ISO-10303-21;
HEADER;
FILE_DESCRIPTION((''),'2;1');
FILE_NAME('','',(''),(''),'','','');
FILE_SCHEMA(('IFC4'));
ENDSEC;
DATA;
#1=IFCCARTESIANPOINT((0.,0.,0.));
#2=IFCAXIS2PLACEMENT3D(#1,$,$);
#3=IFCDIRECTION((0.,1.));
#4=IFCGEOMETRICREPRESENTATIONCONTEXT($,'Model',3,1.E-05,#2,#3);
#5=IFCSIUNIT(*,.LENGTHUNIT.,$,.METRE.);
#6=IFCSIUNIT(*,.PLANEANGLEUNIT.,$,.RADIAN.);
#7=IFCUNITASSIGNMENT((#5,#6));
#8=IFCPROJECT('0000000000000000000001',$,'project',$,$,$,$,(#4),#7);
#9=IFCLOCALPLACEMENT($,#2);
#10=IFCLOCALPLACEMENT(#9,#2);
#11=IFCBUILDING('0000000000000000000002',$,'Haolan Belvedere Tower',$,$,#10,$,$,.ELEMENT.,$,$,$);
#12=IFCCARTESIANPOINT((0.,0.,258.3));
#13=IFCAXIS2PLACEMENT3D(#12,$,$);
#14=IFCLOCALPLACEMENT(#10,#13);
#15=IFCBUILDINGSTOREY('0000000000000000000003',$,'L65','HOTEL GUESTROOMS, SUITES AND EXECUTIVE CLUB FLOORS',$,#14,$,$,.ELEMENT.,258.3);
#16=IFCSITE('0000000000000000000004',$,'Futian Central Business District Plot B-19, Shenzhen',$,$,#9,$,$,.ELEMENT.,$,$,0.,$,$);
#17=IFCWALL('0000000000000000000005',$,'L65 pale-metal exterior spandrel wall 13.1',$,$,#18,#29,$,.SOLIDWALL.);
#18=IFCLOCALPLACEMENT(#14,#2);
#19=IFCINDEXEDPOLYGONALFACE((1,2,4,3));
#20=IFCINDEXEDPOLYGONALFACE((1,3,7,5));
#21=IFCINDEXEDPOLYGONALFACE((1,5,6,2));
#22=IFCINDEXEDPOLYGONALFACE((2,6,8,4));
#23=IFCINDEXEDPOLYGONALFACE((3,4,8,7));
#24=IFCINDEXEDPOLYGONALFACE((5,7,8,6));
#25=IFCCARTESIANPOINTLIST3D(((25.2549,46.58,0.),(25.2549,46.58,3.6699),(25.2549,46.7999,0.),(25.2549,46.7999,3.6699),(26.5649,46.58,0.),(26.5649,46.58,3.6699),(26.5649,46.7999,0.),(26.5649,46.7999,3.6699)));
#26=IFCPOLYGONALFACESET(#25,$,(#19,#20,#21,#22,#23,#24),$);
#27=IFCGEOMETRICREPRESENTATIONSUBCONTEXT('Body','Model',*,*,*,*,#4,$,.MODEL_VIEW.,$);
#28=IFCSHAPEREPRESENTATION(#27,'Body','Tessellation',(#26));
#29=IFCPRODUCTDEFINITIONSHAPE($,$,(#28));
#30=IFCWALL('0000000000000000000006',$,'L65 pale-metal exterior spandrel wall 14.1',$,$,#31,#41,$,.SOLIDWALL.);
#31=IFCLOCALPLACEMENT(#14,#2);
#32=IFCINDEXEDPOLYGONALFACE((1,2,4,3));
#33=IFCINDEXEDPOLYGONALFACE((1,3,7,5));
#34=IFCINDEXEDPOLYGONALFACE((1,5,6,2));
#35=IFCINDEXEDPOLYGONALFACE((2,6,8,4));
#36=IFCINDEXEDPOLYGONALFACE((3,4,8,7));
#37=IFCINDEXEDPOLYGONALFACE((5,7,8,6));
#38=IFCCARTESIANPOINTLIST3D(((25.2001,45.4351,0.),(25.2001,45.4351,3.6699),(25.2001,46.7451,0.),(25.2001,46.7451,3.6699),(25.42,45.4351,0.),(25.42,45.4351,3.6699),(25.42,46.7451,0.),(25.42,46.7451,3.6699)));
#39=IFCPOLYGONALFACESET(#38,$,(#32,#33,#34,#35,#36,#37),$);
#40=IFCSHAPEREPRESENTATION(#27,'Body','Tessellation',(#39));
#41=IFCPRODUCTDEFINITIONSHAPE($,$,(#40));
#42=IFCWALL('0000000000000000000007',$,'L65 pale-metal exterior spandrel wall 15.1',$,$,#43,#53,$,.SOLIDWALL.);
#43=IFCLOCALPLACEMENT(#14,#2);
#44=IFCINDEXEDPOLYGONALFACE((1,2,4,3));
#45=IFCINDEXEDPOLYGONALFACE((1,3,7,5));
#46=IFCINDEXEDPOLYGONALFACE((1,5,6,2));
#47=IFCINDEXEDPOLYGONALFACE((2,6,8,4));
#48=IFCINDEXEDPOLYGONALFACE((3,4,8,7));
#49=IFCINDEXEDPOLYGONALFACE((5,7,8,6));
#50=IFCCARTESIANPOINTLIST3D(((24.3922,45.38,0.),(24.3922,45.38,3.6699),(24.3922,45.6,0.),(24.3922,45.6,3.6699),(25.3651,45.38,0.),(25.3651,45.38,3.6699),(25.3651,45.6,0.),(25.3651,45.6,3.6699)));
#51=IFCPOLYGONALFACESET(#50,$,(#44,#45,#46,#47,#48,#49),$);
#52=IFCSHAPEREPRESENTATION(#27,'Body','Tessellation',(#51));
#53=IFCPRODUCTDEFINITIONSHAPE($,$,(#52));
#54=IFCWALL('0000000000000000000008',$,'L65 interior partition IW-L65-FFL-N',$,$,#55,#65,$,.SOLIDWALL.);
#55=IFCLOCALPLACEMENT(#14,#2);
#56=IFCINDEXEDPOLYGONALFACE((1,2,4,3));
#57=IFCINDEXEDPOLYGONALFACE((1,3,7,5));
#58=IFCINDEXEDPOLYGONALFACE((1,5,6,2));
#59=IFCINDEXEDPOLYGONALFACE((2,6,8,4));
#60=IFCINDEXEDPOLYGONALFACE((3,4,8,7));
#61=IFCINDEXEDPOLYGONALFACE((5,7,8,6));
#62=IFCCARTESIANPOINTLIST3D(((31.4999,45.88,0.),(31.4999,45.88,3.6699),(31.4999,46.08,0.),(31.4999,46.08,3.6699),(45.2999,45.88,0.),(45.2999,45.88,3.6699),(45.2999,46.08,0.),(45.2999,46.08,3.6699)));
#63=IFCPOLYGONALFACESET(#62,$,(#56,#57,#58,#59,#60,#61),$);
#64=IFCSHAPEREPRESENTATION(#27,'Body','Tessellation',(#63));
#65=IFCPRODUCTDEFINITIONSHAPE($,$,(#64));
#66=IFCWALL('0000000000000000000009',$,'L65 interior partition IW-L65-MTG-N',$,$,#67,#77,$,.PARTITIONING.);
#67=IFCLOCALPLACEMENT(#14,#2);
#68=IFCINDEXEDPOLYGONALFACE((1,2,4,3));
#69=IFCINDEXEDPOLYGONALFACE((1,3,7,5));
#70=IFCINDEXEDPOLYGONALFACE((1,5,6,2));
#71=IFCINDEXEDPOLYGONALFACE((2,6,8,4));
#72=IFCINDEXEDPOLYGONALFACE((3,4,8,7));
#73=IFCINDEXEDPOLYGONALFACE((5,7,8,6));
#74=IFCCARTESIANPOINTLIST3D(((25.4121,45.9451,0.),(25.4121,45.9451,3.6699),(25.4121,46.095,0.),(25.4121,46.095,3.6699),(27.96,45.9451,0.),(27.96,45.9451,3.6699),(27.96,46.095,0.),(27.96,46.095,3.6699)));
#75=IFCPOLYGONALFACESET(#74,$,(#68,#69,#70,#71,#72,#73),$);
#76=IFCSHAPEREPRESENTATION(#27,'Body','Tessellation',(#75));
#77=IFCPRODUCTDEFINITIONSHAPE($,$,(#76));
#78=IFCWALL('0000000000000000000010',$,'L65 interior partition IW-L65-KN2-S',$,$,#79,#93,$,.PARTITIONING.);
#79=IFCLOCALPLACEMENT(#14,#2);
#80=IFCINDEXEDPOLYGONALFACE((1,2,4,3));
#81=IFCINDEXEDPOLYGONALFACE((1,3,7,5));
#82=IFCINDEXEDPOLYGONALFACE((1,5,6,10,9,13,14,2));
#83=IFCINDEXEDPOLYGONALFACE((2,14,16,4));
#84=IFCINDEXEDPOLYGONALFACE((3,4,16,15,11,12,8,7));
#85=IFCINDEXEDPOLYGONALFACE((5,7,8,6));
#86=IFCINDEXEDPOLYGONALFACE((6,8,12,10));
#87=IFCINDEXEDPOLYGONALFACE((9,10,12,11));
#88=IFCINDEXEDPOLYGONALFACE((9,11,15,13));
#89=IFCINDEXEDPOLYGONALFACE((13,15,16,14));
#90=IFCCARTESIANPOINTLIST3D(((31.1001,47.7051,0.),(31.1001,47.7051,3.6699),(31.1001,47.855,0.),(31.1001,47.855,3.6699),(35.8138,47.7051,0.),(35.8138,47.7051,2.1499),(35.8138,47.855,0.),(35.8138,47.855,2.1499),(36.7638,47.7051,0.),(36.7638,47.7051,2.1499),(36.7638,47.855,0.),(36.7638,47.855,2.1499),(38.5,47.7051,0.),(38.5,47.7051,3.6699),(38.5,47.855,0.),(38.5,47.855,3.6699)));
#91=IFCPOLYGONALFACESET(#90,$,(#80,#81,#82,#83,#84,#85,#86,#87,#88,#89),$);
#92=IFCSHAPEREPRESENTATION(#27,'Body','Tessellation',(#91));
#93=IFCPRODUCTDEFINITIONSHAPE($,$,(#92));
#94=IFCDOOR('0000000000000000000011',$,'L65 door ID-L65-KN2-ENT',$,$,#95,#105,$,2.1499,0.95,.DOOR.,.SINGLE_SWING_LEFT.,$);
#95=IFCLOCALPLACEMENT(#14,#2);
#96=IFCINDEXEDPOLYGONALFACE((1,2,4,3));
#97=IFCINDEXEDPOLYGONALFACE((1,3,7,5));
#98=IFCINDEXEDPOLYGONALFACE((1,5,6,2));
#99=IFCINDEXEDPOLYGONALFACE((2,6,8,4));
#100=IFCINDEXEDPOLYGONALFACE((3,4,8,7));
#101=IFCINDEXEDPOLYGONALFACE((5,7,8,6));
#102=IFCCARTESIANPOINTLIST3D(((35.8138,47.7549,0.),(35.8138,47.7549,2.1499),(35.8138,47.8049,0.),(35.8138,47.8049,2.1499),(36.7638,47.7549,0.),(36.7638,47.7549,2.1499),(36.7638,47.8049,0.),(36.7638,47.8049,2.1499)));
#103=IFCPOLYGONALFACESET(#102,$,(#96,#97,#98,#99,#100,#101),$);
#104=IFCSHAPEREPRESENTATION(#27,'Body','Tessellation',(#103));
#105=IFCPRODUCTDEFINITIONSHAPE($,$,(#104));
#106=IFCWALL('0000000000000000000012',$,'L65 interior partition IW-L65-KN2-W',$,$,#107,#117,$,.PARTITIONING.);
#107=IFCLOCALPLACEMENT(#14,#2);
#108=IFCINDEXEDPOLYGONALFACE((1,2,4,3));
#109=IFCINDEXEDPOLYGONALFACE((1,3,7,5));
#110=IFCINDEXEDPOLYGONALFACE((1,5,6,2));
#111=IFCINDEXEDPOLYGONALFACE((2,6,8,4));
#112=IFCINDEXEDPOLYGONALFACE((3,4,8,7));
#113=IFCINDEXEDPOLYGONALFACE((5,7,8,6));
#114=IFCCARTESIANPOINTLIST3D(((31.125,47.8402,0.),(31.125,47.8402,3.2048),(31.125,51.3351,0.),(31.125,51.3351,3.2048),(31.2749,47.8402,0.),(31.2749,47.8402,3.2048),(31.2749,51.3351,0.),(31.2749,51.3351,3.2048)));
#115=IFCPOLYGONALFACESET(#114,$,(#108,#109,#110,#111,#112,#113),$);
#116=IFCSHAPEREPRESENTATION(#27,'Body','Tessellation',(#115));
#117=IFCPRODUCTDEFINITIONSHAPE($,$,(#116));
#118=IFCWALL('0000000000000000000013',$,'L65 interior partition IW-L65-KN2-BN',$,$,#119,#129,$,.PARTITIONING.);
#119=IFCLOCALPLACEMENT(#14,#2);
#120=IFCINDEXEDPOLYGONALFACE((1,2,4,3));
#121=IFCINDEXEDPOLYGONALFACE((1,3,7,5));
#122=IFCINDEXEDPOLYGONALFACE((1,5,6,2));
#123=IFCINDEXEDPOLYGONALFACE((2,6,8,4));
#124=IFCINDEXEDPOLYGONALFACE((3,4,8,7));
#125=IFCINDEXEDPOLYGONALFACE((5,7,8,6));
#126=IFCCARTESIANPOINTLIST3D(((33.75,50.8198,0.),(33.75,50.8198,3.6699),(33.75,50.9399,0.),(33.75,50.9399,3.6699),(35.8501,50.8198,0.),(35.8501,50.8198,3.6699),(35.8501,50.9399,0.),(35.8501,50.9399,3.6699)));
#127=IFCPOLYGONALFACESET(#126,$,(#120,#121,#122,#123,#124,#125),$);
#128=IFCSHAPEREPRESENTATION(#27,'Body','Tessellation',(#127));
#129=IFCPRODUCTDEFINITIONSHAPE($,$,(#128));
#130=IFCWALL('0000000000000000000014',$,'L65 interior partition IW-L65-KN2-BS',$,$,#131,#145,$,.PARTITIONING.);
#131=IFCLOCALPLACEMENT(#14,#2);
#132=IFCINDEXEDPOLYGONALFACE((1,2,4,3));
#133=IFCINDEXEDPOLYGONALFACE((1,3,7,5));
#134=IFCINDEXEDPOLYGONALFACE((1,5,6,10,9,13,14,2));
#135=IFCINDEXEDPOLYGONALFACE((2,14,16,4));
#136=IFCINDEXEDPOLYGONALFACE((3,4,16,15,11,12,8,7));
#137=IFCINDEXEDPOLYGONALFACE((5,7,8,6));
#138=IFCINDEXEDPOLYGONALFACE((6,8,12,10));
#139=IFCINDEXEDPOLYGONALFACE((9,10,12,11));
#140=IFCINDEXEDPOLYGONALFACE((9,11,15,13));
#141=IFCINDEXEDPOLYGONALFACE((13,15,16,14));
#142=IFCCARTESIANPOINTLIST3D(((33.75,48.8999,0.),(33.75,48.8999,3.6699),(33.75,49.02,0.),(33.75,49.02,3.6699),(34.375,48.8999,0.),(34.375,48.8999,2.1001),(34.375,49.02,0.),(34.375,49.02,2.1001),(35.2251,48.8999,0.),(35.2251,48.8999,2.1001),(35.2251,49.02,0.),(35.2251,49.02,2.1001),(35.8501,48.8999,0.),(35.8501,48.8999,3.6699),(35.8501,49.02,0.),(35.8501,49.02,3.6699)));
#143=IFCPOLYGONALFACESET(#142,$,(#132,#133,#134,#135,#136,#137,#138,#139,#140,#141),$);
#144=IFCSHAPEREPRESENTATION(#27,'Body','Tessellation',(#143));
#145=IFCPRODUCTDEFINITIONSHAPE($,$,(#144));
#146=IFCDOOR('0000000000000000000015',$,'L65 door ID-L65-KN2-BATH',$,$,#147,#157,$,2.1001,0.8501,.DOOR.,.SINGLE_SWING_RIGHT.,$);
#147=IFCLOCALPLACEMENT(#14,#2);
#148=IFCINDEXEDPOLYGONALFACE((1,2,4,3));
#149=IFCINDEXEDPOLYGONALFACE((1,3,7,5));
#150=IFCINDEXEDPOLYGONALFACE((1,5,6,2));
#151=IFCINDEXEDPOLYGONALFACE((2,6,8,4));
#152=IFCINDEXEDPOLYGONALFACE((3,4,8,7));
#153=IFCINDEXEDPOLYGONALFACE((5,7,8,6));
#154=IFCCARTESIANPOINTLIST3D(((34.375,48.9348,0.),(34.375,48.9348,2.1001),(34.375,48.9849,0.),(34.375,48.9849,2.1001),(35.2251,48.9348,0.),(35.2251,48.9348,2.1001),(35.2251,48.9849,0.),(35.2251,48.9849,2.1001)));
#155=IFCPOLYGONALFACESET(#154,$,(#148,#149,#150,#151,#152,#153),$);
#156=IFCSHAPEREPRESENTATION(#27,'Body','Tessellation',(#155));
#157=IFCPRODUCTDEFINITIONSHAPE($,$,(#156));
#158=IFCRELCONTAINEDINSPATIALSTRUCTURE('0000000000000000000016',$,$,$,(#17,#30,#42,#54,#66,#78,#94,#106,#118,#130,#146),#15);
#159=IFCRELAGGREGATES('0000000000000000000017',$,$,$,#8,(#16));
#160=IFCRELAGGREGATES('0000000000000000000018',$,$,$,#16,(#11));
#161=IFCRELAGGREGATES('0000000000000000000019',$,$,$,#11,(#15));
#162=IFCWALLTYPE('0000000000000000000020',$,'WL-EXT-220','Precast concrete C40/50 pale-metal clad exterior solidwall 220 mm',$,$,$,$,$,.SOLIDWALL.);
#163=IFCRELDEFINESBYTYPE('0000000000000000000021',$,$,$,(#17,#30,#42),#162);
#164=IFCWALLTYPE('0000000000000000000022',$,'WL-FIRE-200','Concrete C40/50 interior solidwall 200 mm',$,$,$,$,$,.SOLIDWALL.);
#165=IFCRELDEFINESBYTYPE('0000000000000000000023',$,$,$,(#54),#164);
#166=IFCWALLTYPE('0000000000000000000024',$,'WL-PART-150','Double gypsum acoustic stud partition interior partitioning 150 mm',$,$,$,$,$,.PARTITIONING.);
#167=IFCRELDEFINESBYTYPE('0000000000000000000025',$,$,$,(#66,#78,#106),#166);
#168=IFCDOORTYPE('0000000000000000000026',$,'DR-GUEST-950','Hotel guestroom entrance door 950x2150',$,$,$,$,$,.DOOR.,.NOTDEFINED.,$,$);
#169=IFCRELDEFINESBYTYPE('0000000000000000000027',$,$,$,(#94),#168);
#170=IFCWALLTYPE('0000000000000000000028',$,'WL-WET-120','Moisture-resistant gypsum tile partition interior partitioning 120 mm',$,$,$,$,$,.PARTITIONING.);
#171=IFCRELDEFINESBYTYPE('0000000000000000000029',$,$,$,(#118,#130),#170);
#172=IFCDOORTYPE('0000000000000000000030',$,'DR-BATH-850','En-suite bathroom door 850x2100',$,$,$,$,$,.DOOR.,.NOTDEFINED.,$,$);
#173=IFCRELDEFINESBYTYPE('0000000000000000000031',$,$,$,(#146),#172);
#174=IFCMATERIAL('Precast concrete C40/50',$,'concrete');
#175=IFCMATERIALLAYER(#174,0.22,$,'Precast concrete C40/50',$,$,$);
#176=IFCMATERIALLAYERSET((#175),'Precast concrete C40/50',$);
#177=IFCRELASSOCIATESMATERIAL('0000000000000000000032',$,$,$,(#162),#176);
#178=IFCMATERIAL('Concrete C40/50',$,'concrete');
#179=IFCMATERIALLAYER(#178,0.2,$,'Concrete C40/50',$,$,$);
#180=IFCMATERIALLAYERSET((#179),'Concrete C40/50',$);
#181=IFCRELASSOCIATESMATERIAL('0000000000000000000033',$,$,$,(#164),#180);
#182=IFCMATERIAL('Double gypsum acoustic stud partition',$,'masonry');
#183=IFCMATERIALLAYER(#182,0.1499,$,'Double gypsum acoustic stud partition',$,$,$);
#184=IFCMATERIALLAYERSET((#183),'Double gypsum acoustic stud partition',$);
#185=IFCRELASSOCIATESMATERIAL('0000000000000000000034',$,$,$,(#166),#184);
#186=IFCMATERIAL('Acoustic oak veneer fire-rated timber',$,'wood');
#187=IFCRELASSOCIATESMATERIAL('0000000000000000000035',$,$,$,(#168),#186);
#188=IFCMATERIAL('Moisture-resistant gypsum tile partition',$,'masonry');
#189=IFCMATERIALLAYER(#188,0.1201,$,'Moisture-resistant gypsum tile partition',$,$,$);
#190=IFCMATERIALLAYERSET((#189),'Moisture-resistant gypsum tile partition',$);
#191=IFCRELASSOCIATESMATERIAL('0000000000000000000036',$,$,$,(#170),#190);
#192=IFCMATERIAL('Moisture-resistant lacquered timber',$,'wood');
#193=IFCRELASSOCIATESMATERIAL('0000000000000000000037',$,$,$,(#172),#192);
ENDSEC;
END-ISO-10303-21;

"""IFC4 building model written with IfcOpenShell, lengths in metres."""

from ifc_helpers import new_model, si_unit, direction, frame, frame_2d, origin, place, context, subcontext, project, spatial, rectangle, extrude, material, layer, layer_set, type_object, element, fill, save


model = new_model("IFC4")

# Units and contexts
model_context = context("Model", 3, precision=1e-05, world=origin(), true_north=direction((0.0, 1.0)))
body_context = subcontext(model_context, "Body", "Model", "MODEL_VIEW")
ifc_project = project(units=[si_unit("LENGTHUNIT", "METRE"), si_unit("PLANEANGLEUNIT", "RADIAN")], contexts=[model_context])

# Site, building, storey
site_placement = place(None, origin())
site = spatial("IfcSite", under=ifc_project, at=site_placement, Name="Futian Central Business District Plot B-19, Shenzhen", CompositionType="ELEMENT", RefElevation=0.0)
building_placement = place(site_placement, origin())
building = spatial("IfcBuilding", under=site, at=building_placement, Name="Haolan Belvedere Tower", CompositionType="ELEMENT")
storey_placement = place(building_placement, frame((0.0, 0.0, 258.3)))
storey = spatial("IfcBuildingStorey", under=building, at=storey_placement, Name="L65", Description="HOTEL GUESTROOMS, SUITES AND EXECUTIVE CLUB FLOORS", CompositionType="ELEMENT", Elevation=258.3)

# Shared definitions
ifc_material_1 = material(Name="Precast concrete C40/50", Category="concrete")
ifc_layer_1 = layer(ifc_material_1, 0.22, Name="Precast concrete C40/50")
ifc_layer_set_1 = layer_set([ifc_layer_1], Name="Precast concrete C40/50")
wall_type_1 = type_object("IfcWallType", Name="WL-EXT-220", Description="Precast concrete C40/50 pale-metal clad exterior solidwall 220 mm", PredefinedType="SOLIDWALL", material=ifc_layer_set_1)

# Walls
for number, where, z_axis, x_axis, name in (
    (1, (26.5649, 46.6899, 0.0), (0.0, 0.0, 1.0), (-1.0, 0.0, 0.0), "L65 pale-metal exterior spandrel wall 13.1"),
    (2, (25.3101, 46.7451, 0.0), (0.0, 0.0, 1.0), (0.0, -1.0, 0.0), "L65 pale-metal exterior spandrel wall 14.1"),
):
    element("IfcWall", number, at=place(storey_placement, frame(where, z_axis=z_axis, x_axis=x_axis)), inside=storey, type_object=wall_type_1, Name=name, PredefinedType="SOLIDWALL", context=body_context, shape_type="SweptSolid", body=[
        extrude(rectangle(XDim=1.3101, YDim=0.22, at=frame_2d((0.655, 0.0))), origin(), (0.0, 0.0, 1.0), 3.6699),
    ])
wall_1_placement = place(storey_placement, frame((25.365, 45.49, 0.0), z_axis=(0.0, 0.0, 1.0), x_axis=(-1.0, 0.0, 0.0)))
element("IfcWall", 3, at=wall_1_placement, inside=storey, type_object=wall_type_1, Name="L65 pale-metal exterior spandrel wall 15.1", PredefinedType="SOLIDWALL", context=body_context, shape_type="SweptSolid", body=[
    extrude(rectangle(XDim=0.9729, YDim=0.22, at=frame_2d((0.4863, 0.0))), origin(), (0.0, 0.0, 1.0), 3.6699),
])
ifc_material_2 = material(Name="Concrete C40/50", Category="concrete")
ifc_layer_2 = layer(ifc_material_2, 0.2, Name="Concrete C40/50")
ifc_layer_set_2 = layer_set([ifc_layer_2], Name="Concrete C40/50")
wall_type_2 = type_object("IfcWallType", Name="WL-FIRE-200", Description="Concrete C40/50 interior solidwall 200 mm", PredefinedType="SOLIDWALL", material=ifc_layer_set_2)
wall_2_placement = place(storey_placement, frame((31.5, 45.98, 0.0), z_axis=(0.0, 0.0, 1.0), x_axis=(1.0, 0.0, 0.0)))
element("IfcWall", 4, at=wall_2_placement, inside=storey, type_object=wall_type_2, Name="L65 interior partition IW-L65-FFL-N", PredefinedType="SOLIDWALL", context=body_context, shape_type="SweptSolid", body=[
    extrude(rectangle(XDim=13.8, YDim=0.2, at=frame_2d((6.8999, 0.0))), origin(), (0.0, 0.0, 1.0), 3.6699),
])

# Wall
ifc_material_3 = material(Name="Double gypsum acoustic stud partition", Category="masonry")
ifc_layer_3 = layer(ifc_material_3, 0.1499, Name="Double gypsum acoustic stud partition")
ifc_layer_set_3 = layer_set([ifc_layer_3], Name="Double gypsum acoustic stud partition")
wall_type_3 = type_object("IfcWallType", Name="WL-PART-150", Description="Double gypsum acoustic stud partition interior partitioning 150 mm", PredefinedType="PARTITIONING", material=ifc_layer_set_3)
wall_3_placement = place(storey_placement, frame((25.4121, 46.02, 0.0), z_axis=(0.0, 0.0, 1.0), x_axis=(1.0, 0.0, 0.0)))
element("IfcWall", 5, at=wall_3_placement, inside=storey, type_object=wall_type_3, Name="L65 interior partition IW-L65-MTG-N", PredefinedType="PARTITIONING", context=body_context, shape_type="SweptSolid", body=[
    extrude(rectangle(XDim=2.5479, YDim=0.1499, at=frame_2d((1.2739, 0.0))), origin(), (0.0, 0.0, 1.0), 3.6699),
])

# Wall, opening, door
wall_4_placement = place(storey_placement, frame((31.1001, 47.78, 0.0), z_axis=(0.0, 0.0, 1.0), x_axis=(1.0, 0.0, 0.0)))
wall_4 = element("IfcWall", 6, at=wall_4_placement, inside=storey, type_object=wall_type_3, Name="L65 interior partition IW-L65-KN2-S", PredefinedType="PARTITIONING", context=body_context, shape_type="SweptSolid", body=[
    extrude(rectangle(XDim=7.3999, YDim=0.1499, at=frame_2d((3.7, 0.0))), origin(), (0.0, 0.0, 1.0), 3.6699),
])
opening_1_placement = place(wall_4_placement, frame((4.7136, 0.0, 0.0)))
opening_1 = element("IfcOpeningElement", 7, at=opening_1_placement, cuts=wall_4, PredefinedType="OPENING", context=body_context, shape_type="SweptSolid", body=[
    extrude(rectangle(XDim=0.95, YDim=2.1499, at=frame_2d((0.4751, 1.075))), frame((0.0, 0.085, 0.0), z_axis=(0.0, -1.0, 0.0), x_axis=(1.0, 0.0, 0.0)), (0.0, 0.0, 1.0), 0.1699),
])
ifc_material_4 = material(Name="Acoustic oak veneer fire-rated timber", Category="wood")
door_type_1 = type_object("IfcDoorType", Name="DR-GUEST-950", Description="Hotel guestroom entrance door 950x2150", OperationType="NOTDEFINED", PredefinedType="DOOR", material=ifc_material_4)
door_1_placement = place(opening_1_placement, origin())
door_1 = element("IfcDoor", 8, at=door_1_placement, inside=storey, type_object=door_type_1, Name="L65 door ID-L65-KN2-ENT", OperationType="SINGLE_SWING_LEFT", OverallHeight=2.1499, OverallWidth=0.95, PredefinedType="DOOR", context=body_context, shape_type="SweptSolid", body=[
    extrude(rectangle(XDim=0.95, YDim=2.1499, at=frame_2d((0.4751, 1.075))), frame((0.0, 0.0249, 0.0), z_axis=(0.0, -1.0, 0.0), x_axis=(1.0, 0.0, 0.0)), (0.0, 0.0, 1.0), 0.05),
])
fill(opening_1, door_1)

# Walls
wall_5_placement = place(storey_placement, frame((31.2, 47.8401, 0.0), z_axis=(0.0, 0.0, 1.0), x_axis=(0.0, 1.0, 0.0)))
element("IfcWall", 9, at=wall_5_placement, inside=storey, type_object=wall_type_3, Name="L65 interior partition IW-L65-KN2-W", PredefinedType="PARTITIONING", context=body_context, shape_type="SweptSolid", body=[
    extrude(rectangle(XDim=3.4949, YDim=0.1499, at=frame_2d((1.7476, 0.0))), origin(), (0.0, 0.0, 1.0), 3.2048),
])
ifc_material_5 = material(Name="Moisture-resistant gypsum tile partition", Category="masonry")
ifc_layer_4 = layer(ifc_material_5, 0.1201, Name="Moisture-resistant gypsum tile partition")
ifc_layer_set_4 = layer_set([ifc_layer_4], Name="Moisture-resistant gypsum tile partition")
wall_type_4 = type_object("IfcWallType", Name="WL-WET-120", Description="Moisture-resistant gypsum tile partition interior partitioning 120 mm", PredefinedType="PARTITIONING", material=ifc_layer_set_4)
wall_6_placement = place(storey_placement, frame((33.75, 50.8799, 0.0), z_axis=(0.0, 0.0, 1.0), x_axis=(1.0, 0.0, 0.0)))
element("IfcWall", 10, at=wall_6_placement, inside=storey, type_object=wall_type_4, Name="L65 interior partition IW-L65-KN2-BN", PredefinedType="PARTITIONING", context=body_context, shape_type="SweptSolid", body=[
    extrude(rectangle(XDim=2.1001, YDim=0.1201, at=frame_2d((1.05, 0.0))), origin(), (0.0, 0.0, 1.0), 3.6699),
])

# Wall, opening, door
wall_7_placement = place(storey_placement, frame((33.75, 48.96, 0.0), z_axis=(0.0, 0.0, 1.0), x_axis=(1.0, 0.0, 0.0)))
wall_7 = element("IfcWall", 11, at=wall_7_placement, inside=storey, type_object=wall_type_4, Name="L65 interior partition IW-L65-KN2-BS", PredefinedType="PARTITIONING", context=body_context, shape_type="SweptSolid", body=[
    extrude(rectangle(XDim=2.1001, YDim=0.1201, at=frame_2d((1.05, 0.0))), origin(), (0.0, 0.0, 1.0), 3.6699),
])
opening_2_placement = place(wall_7_placement, frame((0.625, 0.0, 0.0)))
opening_2 = element("IfcOpeningElement", 12, at=opening_2_placement, cuts=wall_7, PredefinedType="OPENING", context=body_context, shape_type="SweptSolid", body=[
    extrude(rectangle(XDim=0.8501, YDim=2.1001, at=frame_2d((0.425, 1.05))), frame((0.0, 0.0701, 0.0), z_axis=(0.0, -1.0, 0.0), x_axis=(1.0, 0.0, 0.0)), (0.0, 0.0, 1.0), 0.1401),
])
ifc_material_6 = material(Name="Moisture-resistant lacquered timber", Category="wood")
door_type_2 = type_object("IfcDoorType", Name="DR-BATH-850", Description="En-suite bathroom door 850x2100", OperationType="NOTDEFINED", PredefinedType="DOOR", material=ifc_material_6)
door_2_placement = place(opening_2_placement, origin())
door_2 = element("IfcDoor", 13, at=door_2_placement, inside=storey, type_object=door_type_2, Name="L65 door ID-L65-KN2-BATH", OperationType="SINGLE_SWING_RIGHT", OverallHeight=2.1001, OverallWidth=0.8501, PredefinedType="DOOR", context=body_context, shape_type="SweptSolid", body=[
    extrude(rectangle(XDim=0.8501, YDim=2.1001, at=frame_2d((0.425, 1.05))), frame((0.0, 0.0249, 0.0), z_axis=(0.0, -1.0, 0.0), x_axis=(1.0, 0.0, 0.0)), (0.0, 0.0, 1.0), 0.05),
])
fill(opening_2, door_2)

save(model, "model.ifc")
